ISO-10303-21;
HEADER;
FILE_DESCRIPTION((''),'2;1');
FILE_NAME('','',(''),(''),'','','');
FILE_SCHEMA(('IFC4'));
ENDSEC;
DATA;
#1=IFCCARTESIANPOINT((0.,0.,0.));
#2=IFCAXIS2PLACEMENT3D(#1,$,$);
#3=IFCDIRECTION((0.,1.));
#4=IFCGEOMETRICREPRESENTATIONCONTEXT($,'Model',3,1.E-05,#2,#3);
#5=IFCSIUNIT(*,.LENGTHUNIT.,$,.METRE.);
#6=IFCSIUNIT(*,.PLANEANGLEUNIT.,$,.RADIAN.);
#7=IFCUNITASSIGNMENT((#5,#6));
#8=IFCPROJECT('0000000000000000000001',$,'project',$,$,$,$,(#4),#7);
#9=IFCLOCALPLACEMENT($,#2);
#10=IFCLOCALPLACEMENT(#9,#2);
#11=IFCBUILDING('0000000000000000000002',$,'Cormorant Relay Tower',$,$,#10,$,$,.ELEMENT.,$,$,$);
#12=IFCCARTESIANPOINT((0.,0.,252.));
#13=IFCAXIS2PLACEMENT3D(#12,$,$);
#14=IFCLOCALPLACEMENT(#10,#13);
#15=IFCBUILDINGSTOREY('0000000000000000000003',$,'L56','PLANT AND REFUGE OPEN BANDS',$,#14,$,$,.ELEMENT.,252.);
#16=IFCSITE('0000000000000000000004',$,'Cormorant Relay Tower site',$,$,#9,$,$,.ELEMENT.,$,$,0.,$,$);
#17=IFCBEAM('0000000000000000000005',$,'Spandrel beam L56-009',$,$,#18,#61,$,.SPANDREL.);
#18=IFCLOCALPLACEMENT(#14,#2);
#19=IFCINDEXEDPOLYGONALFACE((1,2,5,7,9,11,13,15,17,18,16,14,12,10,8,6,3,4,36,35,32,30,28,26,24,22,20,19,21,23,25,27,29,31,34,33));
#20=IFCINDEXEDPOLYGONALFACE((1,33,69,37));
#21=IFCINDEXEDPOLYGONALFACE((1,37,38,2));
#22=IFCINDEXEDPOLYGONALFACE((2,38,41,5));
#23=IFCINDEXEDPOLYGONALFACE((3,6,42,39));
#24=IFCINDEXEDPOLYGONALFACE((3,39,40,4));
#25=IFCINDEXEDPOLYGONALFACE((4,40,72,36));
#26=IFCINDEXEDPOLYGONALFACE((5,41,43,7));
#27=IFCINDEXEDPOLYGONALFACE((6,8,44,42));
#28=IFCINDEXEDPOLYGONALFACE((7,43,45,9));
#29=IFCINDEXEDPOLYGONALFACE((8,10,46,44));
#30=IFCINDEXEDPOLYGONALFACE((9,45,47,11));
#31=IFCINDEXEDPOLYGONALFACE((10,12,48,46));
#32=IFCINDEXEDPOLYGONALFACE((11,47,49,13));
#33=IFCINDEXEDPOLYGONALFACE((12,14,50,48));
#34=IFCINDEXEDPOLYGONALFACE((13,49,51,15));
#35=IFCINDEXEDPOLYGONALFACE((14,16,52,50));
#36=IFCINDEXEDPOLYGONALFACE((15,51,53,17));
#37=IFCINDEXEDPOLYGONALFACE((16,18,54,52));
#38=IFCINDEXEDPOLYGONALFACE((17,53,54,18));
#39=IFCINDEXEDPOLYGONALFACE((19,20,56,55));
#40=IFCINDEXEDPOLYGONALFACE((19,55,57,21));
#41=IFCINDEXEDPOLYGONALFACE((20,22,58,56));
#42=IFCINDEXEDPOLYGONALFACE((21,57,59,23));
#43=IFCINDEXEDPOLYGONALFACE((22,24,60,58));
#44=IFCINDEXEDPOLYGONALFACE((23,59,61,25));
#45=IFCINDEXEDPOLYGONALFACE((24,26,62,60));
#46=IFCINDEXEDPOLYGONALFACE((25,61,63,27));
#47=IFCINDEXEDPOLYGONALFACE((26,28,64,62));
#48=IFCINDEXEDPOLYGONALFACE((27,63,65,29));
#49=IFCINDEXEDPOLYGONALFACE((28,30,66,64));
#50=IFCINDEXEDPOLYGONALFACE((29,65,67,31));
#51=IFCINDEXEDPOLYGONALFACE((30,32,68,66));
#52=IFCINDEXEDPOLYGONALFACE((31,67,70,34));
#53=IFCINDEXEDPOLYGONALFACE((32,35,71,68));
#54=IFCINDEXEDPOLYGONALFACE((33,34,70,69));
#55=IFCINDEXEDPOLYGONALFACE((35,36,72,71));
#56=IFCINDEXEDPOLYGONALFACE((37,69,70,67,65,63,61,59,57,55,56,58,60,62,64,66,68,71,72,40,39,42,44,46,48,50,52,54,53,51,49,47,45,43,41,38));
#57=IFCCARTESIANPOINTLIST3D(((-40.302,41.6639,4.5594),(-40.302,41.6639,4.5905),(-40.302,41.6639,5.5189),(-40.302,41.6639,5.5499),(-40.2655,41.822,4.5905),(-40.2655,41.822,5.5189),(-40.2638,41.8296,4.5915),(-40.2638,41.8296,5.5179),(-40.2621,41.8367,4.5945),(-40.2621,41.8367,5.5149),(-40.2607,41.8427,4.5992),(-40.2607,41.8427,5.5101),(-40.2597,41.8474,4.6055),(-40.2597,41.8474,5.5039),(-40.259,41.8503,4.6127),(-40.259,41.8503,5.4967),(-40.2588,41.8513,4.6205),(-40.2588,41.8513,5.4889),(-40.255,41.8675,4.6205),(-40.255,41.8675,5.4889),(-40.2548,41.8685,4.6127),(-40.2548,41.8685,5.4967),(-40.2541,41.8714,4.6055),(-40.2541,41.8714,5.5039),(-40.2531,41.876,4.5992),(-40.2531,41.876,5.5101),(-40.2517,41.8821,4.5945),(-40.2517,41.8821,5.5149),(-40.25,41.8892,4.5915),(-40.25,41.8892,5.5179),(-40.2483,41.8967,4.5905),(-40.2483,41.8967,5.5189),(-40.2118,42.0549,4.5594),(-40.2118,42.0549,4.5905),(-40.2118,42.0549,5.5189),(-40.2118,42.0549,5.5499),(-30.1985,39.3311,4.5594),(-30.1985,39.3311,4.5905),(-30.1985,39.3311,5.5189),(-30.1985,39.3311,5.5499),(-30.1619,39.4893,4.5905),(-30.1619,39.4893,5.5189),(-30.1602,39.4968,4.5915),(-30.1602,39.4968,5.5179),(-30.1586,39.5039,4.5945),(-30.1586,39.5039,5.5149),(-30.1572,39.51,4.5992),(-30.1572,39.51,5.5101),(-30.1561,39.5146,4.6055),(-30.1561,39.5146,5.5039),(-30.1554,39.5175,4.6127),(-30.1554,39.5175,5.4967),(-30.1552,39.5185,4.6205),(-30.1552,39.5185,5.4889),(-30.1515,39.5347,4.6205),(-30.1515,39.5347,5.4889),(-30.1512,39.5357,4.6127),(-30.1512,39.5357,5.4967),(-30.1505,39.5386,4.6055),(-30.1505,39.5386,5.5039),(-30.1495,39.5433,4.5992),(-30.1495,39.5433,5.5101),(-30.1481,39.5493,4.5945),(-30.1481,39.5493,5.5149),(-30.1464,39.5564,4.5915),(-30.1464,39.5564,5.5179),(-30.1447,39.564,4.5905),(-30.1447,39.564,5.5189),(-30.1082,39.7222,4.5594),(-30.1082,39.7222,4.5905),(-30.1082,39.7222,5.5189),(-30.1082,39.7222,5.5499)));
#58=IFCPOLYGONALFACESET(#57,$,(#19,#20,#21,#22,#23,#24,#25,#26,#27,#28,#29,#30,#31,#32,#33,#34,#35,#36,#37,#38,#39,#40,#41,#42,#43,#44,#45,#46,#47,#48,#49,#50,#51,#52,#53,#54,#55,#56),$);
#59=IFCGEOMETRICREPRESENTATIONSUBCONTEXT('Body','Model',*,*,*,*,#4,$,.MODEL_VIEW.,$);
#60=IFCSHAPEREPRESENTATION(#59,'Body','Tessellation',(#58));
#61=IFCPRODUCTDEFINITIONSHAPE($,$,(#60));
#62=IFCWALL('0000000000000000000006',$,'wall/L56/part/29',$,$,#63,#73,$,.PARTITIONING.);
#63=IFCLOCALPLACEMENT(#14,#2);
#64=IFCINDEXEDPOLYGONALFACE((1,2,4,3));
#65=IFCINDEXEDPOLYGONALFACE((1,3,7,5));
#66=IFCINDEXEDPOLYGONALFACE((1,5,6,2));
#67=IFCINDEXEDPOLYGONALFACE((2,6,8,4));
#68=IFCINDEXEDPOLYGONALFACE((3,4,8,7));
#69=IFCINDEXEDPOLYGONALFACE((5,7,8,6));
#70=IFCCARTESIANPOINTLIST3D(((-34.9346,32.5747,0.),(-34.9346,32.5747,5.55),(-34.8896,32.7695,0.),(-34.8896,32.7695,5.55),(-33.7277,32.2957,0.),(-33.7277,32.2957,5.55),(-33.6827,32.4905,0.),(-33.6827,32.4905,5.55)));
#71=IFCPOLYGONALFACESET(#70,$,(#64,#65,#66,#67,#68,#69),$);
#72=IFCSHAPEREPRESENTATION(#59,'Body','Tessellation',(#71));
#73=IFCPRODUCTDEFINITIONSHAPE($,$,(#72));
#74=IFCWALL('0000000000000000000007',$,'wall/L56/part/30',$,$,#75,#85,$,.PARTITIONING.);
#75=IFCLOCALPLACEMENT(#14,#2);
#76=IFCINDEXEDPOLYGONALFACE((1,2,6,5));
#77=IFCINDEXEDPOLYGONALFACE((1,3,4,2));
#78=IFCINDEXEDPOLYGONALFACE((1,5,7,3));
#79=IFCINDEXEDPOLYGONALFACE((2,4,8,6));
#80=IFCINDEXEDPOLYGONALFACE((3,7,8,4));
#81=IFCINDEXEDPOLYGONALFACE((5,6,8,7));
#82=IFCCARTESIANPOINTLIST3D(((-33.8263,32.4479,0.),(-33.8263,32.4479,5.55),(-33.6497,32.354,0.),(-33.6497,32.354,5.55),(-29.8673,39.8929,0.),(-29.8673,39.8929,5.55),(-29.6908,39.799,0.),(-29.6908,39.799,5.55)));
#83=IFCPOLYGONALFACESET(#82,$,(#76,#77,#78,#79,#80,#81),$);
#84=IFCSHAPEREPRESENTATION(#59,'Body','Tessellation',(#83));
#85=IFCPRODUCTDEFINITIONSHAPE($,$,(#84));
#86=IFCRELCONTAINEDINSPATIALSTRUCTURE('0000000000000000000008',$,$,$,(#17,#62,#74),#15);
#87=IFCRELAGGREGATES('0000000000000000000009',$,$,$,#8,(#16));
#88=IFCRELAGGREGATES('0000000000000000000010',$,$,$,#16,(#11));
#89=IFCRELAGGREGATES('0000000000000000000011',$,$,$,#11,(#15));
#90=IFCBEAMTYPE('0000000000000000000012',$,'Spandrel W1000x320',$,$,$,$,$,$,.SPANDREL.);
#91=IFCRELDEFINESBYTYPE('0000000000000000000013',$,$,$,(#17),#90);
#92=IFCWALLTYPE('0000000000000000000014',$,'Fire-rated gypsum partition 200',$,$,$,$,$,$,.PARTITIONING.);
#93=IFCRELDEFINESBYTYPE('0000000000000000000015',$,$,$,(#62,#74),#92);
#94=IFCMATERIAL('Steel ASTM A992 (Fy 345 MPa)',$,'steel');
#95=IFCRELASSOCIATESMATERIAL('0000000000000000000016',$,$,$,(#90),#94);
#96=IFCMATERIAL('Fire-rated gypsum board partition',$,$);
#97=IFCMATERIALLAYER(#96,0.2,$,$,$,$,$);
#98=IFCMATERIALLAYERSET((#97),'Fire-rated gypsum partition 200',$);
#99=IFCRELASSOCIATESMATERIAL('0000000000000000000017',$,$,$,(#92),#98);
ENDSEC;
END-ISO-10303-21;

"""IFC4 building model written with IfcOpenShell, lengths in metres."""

from ifc_helpers import new_model, si_unit, direction, frame, frame_2d, origin, origin_2d, place, context, subcontext, project, spatial, rectangle, i_section, extrude, material, layer, layer_set, material_profile, profile_set, type_object, element, save


model = new_model("IFC4")

# Units and contexts
model_context = context("Model", 3, precision=1e-05, world=origin(), true_north=direction((0.0, 1.0)))
body_context = subcontext(model_context, "Body", "Model", "MODEL_VIEW")
ifc_project = project(units=[si_unit("LENGTHUNIT", "METRE"), si_unit("PLANEANGLEUNIT", "RADIAN")], contexts=[model_context])

# Site, building, storey
site_placement = place(None, origin())
site = spatial("IfcSite", under=ifc_project, at=site_placement, Name="Cormorant Relay Tower site", CompositionType="ELEMENT", RefElevation=0.0)
building_placement = place(site_placement, origin())
building = spatial("IfcBuilding", under=site, at=building_placement, Name="Cormorant Relay Tower", CompositionType="ELEMENT")
storey_placement = place(building_placement, frame((0.0, 0.0, 252.0)))
storey = spatial("IfcBuildingStorey", under=building, at=storey_placement, Name="L56", Description="PLANT AND REFUGE OPEN BANDS", CompositionType="ELEMENT", Elevation=252.0)

# Beam
ifc_material_1 = material(Name="Steel ASTM A992 (Fy 345 MPa)", Category="steel")
ifc_material_profile_1 = material_profile(ifc_material_1, i_section(OverallWidth=0.4014, OverallDepth=0.9905, WebThickness=0.0166, FlangeThickness=0.031, FilletRadius=0.03, at=origin_2d()), Name="W1000x320")
ifc_profile_set_1 = profile_set([ifc_material_profile_1], Name="Steel ASTM A992 (Fy 345 MPa)")
beam_type = type_object("IfcBeamType", Name="Spandrel W1000x320", PredefinedType="SPANDREL", material=ifc_profile_set_1)
beam_placement = place(storey_placement, frame((-30.1533, 39.5266, 5.0547), z_axis=(-0.974366, 0.224968, 0.0), x_axis=(-0.224968, -0.974366, 0.0)))
element("IfcBeam", 1, at=beam_placement, inside=storey, type_object=beam_type, Name="Spandrel beam L56-009", PredefinedType="SPANDREL", context=body_context, shape_type="SweptSolid", body=[
    extrude(i_section(OverallWidth=0.4014, OverallDepth=0.9905, WebThickness=0.0166, FlangeThickness=0.031, FilletRadius=0.03, at=origin_2d()), origin(), (0.0, 0.0, 1.0), 10.3694),
])

# Walls
ifc_material_2 = material(Name="Fire-rated gypsum board partition")
ifc_layer_1 = layer(ifc_material_2, 0.2)
ifc_layer_set_1 = layer_set([ifc_layer_1], Name="Fire-rated gypsum partition 200")
wall_type = type_object("IfcWallType", Name="Fire-rated gypsum partition 200", PredefinedType="PARTITIONING", material=ifc_layer_set_1)
wall_1_placement = place(storey_placement, frame((-34.9121, 32.6721, 0.0), z_axis=(0.0, 0.0, 1.0), x_axis=(0.974301, -0.225248, 0.0)))
element("IfcWall", 2, at=wall_1_placement, inside=storey, type_object=wall_type, Name="wall/L56/part/29", PredefinedType="PARTITIONING", context=body_context, shape_type="SweptSolid", body=[
    extrude(rectangle(XDim=1.2388, YDim=0.2, at=frame_2d((0.6194, 0.0))), origin(), (0.0, 0.0, 1.0), 5.55),
])
wall_2_placement = place(storey_placement, frame((-29.7791, 39.8459, 0.0), z_axis=(0.0, 0.0, 1.0), x_axis=(-0.469506, -0.882929, 0.0)))
element("IfcWall", 3, at=wall_2_placement, inside=storey, type_object=wall_type, Name="wall/L56/part/30", PredefinedType="PARTITIONING", context=body_context, shape_type="SweptSolid", body=[
    extrude(rectangle(XDim=8.4321, YDim=0.2, at=frame_2d((4.2161, 0.0))), origin(), (0.0, 0.0, 1.0), 5.55),
])

save(model, "model.ifc")
